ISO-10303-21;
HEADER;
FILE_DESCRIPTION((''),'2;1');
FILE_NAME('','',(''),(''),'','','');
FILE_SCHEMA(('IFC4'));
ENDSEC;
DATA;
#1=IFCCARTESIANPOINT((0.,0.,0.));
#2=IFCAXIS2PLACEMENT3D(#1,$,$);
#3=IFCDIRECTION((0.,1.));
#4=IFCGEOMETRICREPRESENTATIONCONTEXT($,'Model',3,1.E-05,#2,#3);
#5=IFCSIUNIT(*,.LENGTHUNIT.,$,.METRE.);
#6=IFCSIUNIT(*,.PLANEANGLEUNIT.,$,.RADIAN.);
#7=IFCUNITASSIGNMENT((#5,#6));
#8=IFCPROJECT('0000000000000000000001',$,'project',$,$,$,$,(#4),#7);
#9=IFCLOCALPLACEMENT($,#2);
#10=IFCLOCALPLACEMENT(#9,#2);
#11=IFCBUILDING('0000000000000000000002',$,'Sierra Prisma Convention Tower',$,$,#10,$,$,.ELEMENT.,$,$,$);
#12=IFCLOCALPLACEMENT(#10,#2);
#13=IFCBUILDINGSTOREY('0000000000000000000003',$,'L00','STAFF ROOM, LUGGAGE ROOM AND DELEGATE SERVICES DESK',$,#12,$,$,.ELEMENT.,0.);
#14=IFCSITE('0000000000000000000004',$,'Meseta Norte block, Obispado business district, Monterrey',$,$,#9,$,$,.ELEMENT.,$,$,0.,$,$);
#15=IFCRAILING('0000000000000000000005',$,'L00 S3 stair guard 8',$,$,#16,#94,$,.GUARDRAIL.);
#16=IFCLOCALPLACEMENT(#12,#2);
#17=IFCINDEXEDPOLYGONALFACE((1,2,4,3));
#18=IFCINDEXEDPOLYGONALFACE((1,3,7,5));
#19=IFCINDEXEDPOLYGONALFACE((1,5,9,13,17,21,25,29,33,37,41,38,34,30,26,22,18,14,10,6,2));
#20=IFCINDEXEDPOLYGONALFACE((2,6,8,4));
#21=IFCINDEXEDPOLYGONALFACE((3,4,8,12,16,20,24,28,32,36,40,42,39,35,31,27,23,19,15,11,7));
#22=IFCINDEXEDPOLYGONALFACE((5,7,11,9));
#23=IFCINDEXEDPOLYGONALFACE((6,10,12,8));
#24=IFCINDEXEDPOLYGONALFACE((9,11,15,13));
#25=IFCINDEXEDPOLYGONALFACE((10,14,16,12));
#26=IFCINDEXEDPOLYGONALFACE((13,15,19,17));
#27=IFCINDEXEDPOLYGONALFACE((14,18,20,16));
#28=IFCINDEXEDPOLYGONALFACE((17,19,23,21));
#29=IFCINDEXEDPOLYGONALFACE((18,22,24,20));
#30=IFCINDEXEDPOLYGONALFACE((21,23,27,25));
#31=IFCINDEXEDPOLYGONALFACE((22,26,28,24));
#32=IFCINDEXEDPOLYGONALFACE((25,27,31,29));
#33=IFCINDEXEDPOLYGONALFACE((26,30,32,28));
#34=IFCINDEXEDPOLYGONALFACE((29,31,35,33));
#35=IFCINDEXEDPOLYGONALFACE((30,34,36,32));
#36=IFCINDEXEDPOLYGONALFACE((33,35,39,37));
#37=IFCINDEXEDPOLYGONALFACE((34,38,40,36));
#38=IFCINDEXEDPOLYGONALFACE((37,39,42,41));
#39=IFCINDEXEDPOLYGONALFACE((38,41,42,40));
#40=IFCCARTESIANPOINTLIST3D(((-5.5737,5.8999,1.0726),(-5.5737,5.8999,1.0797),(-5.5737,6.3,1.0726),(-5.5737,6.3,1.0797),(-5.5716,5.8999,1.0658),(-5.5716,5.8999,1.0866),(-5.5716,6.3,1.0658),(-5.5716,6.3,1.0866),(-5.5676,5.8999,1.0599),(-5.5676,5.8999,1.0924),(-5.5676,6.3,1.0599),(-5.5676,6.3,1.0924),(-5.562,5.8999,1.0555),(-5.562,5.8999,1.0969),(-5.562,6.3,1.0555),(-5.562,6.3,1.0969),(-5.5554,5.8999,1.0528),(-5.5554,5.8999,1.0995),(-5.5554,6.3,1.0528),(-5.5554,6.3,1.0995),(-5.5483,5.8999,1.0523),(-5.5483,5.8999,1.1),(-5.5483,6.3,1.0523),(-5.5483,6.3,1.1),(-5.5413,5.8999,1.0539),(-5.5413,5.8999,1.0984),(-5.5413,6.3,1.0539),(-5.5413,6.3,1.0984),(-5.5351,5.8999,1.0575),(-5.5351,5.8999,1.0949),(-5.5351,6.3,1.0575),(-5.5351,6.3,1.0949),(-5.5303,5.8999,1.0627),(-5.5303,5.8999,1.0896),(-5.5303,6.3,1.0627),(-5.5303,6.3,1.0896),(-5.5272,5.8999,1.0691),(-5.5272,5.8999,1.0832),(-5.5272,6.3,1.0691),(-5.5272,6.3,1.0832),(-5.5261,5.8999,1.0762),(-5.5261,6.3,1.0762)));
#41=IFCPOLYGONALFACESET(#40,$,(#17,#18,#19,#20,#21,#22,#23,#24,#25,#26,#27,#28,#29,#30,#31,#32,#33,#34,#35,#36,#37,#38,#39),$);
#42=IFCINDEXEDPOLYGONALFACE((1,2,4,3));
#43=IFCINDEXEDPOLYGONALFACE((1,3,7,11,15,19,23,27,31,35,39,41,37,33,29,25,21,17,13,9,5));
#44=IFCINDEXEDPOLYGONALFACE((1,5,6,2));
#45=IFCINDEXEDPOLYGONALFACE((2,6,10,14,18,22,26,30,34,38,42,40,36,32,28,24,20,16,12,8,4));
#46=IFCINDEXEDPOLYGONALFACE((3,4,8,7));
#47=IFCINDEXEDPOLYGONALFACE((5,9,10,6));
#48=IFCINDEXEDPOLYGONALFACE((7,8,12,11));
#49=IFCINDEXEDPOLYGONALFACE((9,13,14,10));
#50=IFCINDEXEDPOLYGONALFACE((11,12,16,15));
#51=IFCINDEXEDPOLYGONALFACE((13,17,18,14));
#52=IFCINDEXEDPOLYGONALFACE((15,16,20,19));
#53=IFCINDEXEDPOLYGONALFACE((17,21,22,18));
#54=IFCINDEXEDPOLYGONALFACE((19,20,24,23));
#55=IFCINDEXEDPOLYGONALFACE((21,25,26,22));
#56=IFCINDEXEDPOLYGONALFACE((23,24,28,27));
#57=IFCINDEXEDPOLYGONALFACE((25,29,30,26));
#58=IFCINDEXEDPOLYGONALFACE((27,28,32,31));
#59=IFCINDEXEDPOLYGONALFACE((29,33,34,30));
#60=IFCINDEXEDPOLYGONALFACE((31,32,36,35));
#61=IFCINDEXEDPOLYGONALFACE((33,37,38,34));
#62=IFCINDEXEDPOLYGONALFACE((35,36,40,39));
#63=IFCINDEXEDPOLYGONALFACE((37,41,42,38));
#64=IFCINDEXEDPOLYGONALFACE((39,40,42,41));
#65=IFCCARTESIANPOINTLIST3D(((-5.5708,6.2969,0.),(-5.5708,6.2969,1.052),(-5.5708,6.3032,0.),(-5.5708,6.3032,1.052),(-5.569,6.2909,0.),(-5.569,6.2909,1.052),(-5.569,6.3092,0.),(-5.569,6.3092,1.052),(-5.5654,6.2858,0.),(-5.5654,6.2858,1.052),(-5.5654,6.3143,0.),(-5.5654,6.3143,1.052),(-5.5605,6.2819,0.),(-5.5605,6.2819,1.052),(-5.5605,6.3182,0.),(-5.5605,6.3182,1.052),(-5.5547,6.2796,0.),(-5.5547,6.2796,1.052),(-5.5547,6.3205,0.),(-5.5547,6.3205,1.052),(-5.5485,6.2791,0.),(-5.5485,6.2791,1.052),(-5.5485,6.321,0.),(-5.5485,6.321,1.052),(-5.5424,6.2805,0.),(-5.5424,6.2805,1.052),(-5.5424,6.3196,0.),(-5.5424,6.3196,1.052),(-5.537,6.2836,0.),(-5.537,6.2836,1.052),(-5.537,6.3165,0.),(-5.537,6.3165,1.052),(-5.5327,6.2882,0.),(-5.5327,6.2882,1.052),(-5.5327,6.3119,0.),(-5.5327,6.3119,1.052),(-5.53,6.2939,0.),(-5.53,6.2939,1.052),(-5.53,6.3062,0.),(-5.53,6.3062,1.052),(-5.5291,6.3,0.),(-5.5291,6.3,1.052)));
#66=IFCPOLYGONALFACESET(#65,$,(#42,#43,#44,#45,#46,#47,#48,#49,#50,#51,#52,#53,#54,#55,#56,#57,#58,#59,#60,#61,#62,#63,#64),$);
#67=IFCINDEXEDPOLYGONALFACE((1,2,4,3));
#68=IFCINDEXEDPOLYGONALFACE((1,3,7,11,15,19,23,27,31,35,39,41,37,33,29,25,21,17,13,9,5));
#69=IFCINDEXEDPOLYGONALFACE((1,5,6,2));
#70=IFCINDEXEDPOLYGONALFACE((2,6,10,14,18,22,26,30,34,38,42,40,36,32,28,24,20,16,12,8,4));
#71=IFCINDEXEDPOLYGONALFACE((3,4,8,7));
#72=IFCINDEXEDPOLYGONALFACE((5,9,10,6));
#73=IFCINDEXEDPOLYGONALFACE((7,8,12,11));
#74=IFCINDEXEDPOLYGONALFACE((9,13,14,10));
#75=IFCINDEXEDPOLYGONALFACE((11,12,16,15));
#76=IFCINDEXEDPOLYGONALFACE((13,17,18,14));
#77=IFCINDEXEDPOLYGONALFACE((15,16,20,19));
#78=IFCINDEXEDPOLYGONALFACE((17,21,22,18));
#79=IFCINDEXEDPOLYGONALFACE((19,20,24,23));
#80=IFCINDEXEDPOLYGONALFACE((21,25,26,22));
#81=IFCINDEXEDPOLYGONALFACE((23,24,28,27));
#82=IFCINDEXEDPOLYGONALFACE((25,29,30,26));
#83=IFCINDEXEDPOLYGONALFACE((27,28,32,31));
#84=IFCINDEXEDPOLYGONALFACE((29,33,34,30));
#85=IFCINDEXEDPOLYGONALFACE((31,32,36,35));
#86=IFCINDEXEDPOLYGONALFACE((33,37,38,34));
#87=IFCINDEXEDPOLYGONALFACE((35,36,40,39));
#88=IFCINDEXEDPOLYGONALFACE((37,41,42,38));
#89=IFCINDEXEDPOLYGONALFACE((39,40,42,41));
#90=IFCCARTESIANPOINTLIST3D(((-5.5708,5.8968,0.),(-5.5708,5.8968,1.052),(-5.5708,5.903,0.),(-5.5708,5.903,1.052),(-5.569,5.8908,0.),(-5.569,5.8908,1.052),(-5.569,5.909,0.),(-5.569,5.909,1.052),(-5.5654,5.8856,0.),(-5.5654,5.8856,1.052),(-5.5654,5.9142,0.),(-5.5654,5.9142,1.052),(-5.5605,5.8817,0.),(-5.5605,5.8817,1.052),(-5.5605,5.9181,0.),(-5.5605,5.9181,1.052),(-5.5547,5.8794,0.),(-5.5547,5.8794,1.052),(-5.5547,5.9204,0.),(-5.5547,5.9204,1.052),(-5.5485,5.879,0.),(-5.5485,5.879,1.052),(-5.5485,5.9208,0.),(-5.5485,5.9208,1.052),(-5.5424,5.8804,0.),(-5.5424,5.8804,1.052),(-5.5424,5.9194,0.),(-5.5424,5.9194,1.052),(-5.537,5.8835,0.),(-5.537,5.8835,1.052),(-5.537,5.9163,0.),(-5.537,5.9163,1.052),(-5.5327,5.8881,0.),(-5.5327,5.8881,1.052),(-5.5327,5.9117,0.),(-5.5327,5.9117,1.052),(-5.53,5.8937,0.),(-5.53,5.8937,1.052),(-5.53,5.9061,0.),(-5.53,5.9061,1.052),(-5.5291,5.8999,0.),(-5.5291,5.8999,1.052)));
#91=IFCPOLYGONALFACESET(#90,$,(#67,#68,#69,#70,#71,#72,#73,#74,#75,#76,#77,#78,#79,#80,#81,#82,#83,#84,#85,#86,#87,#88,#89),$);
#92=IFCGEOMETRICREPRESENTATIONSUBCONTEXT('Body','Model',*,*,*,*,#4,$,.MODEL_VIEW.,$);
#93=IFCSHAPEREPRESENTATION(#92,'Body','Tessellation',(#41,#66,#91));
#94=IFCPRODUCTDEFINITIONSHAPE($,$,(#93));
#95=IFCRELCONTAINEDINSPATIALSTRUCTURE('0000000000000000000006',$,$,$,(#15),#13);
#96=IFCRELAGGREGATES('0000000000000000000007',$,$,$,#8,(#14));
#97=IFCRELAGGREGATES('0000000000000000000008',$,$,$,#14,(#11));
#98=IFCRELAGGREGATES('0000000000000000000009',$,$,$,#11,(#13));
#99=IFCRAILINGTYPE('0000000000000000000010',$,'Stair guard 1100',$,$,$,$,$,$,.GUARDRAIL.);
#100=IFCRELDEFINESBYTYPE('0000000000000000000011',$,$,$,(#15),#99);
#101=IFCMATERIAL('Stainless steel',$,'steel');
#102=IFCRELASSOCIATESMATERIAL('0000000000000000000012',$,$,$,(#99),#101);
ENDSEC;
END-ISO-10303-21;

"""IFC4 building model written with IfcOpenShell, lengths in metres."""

from ifc_helpers import new_model, si_unit, direction, frame, origin, origin_2d, place, context, subcontext, project, spatial, circle, extrude, material, type_object, element, save


model = new_model("IFC4")

# Units and contexts
model_context = context("Model", 3, precision=1e-05, world=origin(), true_north=direction((0.0, 1.0)))
body_context = subcontext(model_context, "Body", "Model", "MODEL_VIEW")
ifc_project = project(units=[si_unit("LENGTHUNIT", "METRE"), si_unit("PLANEANGLEUNIT", "RADIAN")], contexts=[model_context])

# Site, building, storey
site_placement = place(None, origin())
site = spatial("IfcSite", under=ifc_project, at=site_placement, Name="Meseta Norte block, Obispado business district, Monterrey", CompositionType="ELEMENT", RefElevation=0.0)
building_placement = place(site_placement, origin())
building = spatial("IfcBuilding", under=site, at=building_placement, Name="Sierra Prisma Convention Tower", CompositionType="ELEMENT")
storey_placement = place(building_placement, origin())
storey = spatial("IfcBuildingStorey", under=building, at=storey_placement, Name="L00", Description="STAFF ROOM, LUGGAGE ROOM AND DELEGATE SERVICES DESK", CompositionType="ELEMENT", Elevation=0.0)

# Railing
ifc_material_1 = material(Name="Stainless steel", Category="steel")
railing_type_1 = type_object("IfcRailingType", Name="Stair guard 1100", PredefinedType="GUARDRAIL", material=ifc_material_1)
railing_1_placement = place(storey_placement, frame((-5.55, 6.3, 0.0)))
element("IfcRailing", 1, at=railing_1_placement, inside=storey, type_object=railing_type_1, Name="L00 S3 stair guard 8", PredefinedType="GUARDRAIL", context=body_context, shape_type="SweptSolid", body=[
    extrude(circle(Radius=0.0239, at=origin_2d()), frame((0.0, 0.0, 1.0762), z_axis=(0.0, -1.0, 0.0), x_axis=(1.0, 0.0, 0.0)), (0.0, 0.0, 1.0), 0.4001),
    extrude(circle(Radius=0.021, at=origin_2d()), origin(), (0.0, 0.0, 1.0), 1.052),
    extrude(circle(Radius=0.021, at=origin_2d()), frame((0.0, -0.4001, 0.0)), (0.0, 0.0, 1.0), 1.052),
])

save(model, "model.ifc")
